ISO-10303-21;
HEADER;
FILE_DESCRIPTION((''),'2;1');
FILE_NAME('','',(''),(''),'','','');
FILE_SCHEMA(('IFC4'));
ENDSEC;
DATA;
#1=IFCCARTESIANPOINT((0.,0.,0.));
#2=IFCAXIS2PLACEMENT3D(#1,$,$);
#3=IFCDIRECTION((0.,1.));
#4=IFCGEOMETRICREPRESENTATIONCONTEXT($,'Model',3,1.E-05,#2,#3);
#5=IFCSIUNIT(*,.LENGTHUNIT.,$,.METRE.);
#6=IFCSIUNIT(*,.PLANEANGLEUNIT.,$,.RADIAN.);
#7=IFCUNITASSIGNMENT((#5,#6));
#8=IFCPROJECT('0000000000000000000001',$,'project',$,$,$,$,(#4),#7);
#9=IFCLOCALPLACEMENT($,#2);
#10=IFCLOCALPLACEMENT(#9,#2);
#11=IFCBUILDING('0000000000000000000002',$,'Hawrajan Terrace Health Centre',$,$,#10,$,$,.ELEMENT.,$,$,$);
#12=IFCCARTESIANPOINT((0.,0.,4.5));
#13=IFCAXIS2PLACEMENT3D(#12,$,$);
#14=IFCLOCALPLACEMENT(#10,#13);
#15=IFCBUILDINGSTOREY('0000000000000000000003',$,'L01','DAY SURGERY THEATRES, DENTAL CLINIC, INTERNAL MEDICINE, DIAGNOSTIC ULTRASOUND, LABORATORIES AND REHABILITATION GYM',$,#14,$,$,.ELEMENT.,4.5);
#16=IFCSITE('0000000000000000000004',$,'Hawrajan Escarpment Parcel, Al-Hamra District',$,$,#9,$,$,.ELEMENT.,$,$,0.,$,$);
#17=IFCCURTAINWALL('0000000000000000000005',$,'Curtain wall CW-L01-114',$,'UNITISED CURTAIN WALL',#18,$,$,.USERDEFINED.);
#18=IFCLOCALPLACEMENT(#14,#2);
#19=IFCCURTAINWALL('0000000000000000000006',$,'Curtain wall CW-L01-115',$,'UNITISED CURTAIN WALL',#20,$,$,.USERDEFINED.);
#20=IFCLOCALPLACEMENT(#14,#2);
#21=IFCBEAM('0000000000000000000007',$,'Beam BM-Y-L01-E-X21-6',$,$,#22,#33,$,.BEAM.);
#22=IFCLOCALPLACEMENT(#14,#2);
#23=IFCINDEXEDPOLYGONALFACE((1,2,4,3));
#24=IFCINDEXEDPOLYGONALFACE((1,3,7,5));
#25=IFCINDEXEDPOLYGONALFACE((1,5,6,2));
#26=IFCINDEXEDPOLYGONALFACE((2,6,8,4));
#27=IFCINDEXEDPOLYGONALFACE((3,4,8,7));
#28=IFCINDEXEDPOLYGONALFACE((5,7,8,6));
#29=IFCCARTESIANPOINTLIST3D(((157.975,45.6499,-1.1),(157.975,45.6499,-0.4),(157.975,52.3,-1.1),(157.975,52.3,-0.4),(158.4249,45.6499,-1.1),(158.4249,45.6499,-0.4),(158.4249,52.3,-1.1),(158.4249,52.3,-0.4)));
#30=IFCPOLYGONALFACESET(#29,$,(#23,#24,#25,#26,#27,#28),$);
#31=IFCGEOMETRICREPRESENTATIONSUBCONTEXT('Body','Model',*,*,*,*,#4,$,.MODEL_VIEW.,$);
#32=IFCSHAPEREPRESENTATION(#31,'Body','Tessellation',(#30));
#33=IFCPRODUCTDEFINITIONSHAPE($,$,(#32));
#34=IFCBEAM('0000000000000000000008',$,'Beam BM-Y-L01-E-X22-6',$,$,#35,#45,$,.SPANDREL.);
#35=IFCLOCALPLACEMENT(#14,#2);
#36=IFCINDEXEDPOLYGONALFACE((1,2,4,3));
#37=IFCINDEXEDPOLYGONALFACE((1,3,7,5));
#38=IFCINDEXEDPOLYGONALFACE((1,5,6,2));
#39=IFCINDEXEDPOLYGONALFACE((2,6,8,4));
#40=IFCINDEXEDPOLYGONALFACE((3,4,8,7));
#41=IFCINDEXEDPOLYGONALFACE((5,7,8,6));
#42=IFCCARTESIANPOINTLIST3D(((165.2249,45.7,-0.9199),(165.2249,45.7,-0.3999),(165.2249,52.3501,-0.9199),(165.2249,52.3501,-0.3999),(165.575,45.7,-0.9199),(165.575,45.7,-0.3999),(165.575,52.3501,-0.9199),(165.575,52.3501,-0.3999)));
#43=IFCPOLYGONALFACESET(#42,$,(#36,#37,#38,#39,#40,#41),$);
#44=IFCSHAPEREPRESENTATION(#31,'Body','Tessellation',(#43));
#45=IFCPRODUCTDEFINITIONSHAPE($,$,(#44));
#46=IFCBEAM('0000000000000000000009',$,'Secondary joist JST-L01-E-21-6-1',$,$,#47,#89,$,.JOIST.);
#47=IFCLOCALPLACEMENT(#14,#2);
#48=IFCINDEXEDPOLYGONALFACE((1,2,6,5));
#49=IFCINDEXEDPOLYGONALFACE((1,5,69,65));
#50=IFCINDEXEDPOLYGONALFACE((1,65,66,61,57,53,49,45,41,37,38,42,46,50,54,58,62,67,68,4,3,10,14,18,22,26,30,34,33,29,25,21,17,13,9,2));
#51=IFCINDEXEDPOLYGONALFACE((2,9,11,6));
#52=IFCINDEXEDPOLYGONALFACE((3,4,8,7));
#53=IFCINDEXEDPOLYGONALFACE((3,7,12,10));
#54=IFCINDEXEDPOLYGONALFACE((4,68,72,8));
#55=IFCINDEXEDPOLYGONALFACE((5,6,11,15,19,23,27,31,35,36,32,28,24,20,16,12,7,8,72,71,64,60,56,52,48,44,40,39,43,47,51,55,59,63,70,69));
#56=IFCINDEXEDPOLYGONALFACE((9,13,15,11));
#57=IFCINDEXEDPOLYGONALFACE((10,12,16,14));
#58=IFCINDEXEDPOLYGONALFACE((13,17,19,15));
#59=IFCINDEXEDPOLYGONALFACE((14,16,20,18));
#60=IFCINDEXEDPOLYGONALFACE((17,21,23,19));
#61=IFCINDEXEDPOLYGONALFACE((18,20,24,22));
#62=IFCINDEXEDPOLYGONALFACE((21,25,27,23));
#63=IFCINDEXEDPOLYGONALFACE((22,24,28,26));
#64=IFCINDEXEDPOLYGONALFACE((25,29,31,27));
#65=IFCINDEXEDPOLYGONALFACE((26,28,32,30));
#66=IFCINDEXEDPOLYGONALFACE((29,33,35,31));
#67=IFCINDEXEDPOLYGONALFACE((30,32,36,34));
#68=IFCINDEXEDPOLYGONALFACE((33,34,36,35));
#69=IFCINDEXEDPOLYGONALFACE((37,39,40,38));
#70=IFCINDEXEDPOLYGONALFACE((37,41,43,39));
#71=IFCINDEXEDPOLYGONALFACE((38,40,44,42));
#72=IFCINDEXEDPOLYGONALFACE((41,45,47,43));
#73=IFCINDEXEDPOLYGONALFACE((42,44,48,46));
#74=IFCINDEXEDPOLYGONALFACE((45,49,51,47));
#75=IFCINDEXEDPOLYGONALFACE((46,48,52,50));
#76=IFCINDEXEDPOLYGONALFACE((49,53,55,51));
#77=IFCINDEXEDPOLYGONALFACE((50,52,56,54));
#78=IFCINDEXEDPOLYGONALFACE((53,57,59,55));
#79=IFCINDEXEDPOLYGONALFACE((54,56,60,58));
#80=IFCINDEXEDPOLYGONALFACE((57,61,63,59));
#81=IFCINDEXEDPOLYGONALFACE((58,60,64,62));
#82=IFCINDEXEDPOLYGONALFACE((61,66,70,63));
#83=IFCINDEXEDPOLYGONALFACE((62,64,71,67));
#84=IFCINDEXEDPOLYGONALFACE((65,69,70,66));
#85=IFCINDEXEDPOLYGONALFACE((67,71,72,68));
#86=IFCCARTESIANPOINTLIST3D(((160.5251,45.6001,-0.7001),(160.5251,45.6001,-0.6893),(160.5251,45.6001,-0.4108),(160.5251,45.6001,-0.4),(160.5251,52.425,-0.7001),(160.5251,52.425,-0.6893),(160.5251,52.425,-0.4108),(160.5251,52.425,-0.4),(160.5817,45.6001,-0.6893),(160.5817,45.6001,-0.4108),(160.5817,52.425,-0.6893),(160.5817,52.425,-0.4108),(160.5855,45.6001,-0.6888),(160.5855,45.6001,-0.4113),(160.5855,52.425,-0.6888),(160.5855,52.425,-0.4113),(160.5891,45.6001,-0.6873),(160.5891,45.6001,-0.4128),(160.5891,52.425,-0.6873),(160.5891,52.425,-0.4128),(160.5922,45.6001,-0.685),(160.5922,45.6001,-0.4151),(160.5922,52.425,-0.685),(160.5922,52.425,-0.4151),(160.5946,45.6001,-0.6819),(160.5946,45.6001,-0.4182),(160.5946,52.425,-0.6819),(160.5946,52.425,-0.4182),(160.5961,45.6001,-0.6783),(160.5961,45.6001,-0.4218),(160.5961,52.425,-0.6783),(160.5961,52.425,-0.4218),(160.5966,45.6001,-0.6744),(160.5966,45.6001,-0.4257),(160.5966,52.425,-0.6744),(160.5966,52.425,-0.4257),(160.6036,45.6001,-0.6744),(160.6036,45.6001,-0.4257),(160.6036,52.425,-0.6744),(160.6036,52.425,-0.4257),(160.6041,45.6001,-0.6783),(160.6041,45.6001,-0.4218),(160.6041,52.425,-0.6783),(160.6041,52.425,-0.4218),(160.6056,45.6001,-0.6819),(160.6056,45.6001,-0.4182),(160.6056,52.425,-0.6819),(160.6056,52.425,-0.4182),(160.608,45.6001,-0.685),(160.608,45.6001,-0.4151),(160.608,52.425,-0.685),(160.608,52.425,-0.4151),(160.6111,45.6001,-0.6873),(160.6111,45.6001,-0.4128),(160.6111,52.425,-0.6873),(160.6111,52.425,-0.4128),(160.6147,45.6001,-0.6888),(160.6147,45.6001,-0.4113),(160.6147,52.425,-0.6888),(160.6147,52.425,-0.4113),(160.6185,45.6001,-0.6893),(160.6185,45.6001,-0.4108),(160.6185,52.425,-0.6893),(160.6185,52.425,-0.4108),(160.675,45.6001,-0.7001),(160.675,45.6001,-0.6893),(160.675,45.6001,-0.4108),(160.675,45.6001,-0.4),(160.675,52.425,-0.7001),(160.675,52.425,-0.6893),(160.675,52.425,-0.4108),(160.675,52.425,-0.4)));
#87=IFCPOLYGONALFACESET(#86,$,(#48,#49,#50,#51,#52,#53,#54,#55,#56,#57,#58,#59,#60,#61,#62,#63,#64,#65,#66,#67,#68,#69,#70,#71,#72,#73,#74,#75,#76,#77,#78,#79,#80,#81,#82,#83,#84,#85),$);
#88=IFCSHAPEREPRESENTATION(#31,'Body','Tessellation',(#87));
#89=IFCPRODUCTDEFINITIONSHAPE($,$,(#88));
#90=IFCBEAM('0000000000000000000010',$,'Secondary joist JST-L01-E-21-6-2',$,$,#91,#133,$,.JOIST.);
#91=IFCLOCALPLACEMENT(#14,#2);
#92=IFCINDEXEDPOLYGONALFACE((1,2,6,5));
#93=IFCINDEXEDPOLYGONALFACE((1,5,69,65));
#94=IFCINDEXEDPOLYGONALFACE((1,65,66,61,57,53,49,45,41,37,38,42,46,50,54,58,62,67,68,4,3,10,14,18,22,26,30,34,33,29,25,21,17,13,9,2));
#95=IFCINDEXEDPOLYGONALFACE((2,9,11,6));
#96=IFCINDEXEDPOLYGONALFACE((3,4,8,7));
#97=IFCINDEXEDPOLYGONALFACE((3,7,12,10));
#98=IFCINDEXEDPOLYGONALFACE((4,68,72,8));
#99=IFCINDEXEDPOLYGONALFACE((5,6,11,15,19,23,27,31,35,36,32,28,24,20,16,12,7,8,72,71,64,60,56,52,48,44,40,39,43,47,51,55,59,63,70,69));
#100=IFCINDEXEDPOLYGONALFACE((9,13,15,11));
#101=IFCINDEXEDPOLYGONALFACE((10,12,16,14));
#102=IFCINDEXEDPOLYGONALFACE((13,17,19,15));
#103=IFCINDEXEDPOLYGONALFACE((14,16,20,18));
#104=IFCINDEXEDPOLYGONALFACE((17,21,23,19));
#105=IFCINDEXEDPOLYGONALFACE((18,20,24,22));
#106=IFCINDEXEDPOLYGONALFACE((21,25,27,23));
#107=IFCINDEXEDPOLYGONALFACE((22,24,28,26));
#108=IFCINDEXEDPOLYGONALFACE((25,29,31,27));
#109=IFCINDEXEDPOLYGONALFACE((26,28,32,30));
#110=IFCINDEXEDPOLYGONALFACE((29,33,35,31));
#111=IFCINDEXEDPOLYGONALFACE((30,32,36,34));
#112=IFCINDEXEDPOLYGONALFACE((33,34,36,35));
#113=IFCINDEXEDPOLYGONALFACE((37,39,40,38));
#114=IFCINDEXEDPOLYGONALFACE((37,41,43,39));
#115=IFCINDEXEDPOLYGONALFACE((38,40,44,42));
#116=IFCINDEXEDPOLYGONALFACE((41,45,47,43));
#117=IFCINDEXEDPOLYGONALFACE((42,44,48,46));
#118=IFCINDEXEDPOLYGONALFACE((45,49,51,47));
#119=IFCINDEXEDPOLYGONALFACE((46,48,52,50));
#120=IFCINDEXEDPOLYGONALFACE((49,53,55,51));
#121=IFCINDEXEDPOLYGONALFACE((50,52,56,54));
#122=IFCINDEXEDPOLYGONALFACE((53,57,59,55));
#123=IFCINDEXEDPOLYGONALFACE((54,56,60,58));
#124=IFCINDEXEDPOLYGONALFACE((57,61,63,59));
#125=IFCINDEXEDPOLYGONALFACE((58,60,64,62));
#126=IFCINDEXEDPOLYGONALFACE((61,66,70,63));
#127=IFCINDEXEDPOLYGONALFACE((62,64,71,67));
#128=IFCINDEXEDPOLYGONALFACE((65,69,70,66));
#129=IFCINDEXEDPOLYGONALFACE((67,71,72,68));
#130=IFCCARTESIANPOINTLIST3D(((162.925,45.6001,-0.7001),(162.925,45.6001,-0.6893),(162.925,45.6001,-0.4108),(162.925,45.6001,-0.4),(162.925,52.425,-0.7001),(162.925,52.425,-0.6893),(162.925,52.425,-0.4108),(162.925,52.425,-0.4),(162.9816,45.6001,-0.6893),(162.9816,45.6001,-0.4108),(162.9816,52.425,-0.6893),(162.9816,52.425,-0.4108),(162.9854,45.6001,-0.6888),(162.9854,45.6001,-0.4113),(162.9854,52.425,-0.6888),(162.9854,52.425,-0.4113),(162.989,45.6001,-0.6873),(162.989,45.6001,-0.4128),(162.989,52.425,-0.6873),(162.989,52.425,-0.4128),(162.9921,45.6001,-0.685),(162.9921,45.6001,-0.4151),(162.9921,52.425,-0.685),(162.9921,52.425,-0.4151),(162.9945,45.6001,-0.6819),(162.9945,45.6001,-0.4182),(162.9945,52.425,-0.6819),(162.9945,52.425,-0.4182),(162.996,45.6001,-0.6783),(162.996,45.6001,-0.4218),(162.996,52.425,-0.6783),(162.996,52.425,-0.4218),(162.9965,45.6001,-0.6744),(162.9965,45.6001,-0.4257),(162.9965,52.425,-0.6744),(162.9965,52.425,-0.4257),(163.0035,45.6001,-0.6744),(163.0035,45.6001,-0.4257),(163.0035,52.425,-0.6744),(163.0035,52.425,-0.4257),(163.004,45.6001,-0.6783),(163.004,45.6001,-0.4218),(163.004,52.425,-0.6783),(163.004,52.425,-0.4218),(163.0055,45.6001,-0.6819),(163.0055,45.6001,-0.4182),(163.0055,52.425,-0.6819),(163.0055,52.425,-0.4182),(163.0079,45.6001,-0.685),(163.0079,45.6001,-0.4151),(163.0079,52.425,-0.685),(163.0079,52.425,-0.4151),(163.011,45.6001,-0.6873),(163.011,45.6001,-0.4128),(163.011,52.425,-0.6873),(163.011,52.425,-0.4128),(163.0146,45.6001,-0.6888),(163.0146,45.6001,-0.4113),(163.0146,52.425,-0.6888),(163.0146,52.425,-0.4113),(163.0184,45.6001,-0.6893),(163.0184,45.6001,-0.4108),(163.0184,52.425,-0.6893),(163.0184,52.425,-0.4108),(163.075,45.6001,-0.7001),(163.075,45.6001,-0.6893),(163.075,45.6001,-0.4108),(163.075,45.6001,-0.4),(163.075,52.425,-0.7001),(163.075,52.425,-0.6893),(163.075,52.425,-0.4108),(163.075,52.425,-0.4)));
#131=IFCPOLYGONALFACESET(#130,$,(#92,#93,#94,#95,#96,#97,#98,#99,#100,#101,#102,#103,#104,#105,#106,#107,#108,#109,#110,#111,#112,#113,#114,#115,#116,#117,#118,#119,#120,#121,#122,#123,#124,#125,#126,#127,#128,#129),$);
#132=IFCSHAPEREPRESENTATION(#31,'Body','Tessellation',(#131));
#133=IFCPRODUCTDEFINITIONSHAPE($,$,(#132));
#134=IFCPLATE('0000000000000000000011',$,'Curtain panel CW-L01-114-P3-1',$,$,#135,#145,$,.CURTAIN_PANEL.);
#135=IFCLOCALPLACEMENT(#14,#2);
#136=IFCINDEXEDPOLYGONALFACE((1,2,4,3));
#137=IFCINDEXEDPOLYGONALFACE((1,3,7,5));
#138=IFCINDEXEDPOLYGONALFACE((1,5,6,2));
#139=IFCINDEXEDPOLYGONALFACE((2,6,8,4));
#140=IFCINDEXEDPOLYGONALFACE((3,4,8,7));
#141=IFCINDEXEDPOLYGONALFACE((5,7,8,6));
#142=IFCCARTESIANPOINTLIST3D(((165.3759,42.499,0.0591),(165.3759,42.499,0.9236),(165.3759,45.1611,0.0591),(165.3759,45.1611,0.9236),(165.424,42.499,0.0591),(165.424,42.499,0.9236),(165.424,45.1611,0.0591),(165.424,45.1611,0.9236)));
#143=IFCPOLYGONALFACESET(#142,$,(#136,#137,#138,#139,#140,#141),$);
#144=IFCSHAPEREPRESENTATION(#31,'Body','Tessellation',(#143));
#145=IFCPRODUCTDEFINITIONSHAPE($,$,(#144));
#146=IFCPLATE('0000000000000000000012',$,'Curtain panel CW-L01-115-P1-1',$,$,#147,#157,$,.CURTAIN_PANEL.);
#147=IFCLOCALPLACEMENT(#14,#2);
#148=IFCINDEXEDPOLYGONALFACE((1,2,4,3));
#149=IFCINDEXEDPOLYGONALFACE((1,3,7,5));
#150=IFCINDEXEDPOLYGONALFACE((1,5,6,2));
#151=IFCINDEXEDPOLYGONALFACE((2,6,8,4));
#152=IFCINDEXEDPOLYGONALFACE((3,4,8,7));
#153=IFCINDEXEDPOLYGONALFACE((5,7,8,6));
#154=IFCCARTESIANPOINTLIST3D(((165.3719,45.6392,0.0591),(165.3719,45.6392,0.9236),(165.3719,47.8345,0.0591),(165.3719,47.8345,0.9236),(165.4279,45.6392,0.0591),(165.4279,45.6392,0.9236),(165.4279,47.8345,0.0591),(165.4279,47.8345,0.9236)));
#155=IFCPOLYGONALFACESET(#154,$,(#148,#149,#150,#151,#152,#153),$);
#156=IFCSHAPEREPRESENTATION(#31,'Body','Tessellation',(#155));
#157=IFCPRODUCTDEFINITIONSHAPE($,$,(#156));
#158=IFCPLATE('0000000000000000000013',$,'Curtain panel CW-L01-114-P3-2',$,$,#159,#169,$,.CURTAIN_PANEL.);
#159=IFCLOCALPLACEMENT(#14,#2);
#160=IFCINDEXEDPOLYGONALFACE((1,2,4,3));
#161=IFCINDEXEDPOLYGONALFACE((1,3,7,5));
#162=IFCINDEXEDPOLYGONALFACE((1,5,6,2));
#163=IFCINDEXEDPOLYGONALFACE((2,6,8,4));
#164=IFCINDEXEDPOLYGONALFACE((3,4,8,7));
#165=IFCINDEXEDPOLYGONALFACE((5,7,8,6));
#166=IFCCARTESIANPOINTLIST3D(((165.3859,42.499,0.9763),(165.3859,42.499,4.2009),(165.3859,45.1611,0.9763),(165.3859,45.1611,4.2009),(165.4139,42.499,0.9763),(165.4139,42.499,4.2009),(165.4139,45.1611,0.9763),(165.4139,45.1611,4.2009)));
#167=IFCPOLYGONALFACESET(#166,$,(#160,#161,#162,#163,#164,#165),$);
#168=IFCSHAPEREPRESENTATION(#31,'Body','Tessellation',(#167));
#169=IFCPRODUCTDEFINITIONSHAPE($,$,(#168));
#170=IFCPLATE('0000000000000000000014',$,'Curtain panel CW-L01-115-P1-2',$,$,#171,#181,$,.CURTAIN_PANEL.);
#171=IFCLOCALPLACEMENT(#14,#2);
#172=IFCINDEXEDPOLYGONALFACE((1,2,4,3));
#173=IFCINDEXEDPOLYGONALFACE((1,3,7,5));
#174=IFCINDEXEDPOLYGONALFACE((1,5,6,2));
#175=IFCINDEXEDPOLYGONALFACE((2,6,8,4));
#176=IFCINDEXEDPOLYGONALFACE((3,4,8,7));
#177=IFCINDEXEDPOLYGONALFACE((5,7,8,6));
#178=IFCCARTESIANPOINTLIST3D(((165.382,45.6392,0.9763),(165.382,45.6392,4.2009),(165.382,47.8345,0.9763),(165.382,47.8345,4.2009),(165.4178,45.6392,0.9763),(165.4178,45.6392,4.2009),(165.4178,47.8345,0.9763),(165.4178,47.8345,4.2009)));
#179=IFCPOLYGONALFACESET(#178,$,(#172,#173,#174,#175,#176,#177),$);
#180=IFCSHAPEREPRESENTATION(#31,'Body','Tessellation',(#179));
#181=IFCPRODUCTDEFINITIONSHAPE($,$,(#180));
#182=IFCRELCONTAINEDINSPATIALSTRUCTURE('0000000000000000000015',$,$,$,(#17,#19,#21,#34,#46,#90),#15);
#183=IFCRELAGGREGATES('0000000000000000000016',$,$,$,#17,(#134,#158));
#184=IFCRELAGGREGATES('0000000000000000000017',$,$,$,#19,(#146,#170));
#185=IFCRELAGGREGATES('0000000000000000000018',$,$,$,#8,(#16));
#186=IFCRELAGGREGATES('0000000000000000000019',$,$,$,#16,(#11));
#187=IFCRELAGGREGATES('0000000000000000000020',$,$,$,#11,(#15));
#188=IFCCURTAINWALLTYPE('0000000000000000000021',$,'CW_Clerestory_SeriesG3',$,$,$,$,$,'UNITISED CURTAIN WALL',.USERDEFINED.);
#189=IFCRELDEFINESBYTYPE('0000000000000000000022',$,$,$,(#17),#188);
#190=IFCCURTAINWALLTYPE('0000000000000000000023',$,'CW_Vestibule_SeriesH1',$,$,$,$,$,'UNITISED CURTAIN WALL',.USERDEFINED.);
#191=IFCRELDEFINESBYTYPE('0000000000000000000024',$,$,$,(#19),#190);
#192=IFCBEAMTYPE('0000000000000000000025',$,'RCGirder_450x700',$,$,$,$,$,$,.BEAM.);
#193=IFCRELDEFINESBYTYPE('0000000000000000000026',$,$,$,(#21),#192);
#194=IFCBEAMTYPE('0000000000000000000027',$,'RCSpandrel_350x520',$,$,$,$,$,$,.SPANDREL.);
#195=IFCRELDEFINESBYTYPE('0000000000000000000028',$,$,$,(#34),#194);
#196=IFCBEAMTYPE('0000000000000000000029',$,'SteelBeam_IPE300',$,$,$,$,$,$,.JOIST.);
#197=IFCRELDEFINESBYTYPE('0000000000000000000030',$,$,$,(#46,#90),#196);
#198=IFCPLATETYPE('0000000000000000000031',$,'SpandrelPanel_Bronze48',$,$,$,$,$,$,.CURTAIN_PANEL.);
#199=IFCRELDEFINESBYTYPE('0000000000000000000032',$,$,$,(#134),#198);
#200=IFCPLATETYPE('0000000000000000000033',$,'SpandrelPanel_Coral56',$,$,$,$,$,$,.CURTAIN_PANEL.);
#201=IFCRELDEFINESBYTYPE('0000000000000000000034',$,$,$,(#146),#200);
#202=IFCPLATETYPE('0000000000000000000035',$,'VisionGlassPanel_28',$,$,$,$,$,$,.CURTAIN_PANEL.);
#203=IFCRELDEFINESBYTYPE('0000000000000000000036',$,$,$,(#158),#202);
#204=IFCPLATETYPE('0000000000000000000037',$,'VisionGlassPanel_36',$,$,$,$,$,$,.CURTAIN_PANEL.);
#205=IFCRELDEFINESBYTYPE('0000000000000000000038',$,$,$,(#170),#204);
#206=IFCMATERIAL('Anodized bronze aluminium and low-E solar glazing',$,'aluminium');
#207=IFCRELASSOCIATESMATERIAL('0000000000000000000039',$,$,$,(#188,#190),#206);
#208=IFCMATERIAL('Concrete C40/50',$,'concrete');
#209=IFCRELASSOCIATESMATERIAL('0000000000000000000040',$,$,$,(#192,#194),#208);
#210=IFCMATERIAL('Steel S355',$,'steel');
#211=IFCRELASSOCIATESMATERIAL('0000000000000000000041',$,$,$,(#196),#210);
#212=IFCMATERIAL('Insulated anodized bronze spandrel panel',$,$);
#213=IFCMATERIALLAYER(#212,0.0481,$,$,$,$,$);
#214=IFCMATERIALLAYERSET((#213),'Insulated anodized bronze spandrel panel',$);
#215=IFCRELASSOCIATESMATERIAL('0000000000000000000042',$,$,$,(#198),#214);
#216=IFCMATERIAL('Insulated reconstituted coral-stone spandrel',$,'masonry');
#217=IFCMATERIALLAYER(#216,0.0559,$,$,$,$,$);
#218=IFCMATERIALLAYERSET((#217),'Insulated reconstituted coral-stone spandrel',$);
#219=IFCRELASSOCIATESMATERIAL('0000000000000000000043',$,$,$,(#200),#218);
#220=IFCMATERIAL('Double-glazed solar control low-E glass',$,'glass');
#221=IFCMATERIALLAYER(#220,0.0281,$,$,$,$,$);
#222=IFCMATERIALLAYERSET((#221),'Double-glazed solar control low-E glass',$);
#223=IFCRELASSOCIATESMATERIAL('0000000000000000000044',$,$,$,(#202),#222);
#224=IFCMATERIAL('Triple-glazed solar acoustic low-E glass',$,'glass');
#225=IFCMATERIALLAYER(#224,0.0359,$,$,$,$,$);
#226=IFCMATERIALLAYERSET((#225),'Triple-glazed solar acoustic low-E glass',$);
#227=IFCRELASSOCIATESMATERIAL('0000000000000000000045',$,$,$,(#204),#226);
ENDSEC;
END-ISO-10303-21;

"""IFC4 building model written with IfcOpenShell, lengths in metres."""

from ifc_helpers import new_model, si_unit, direction, frame, origin, origin_2d, place, context, subcontext, project, spatial, rectangle, i_section, extrude, material, layer, layer_set, material_profile, profile_set, type_object, element, aggregate, save


model = new_model("IFC4")

# Units and contexts
model_context = context("Model", 3, precision=1e-05, world=origin(), true_north=direction((0.0, 1.0)))
body_context = subcontext(model_context, "Body", "Model", "MODEL_VIEW")
ifc_project = project(units=[si_unit("LENGTHUNIT", "METRE"), si_unit("PLANEANGLEUNIT", "RADIAN")], contexts=[model_context])

# Site, building, storey
site_placement = place(None, origin())
site = spatial("IfcSite", under=ifc_project, at=site_placement, Name="Hawrajan Escarpment Parcel, Al-Hamra District", CompositionType="ELEMENT", RefElevation=0.0)
building_placement = place(site_placement, origin())
building = spatial("IfcBuilding", under=site, at=building_placement, Name="Hawrajan Terrace Health Centre", CompositionType="ELEMENT")
storey_placement = place(building_placement, frame((0.0, 0.0, 4.5)))
storey = spatial("IfcBuildingStorey", under=building, at=storey_placement, Name="L01", Description="DAY SURGERY THEATRES, DENTAL CLINIC, INTERNAL MEDICINE, DIAGNOSTIC ULTRASOUND, LABORATORIES AND REHABILITATION GYM", CompositionType="ELEMENT", Elevation=4.5)

# Curtain wall
ifc_material_1 = material(Name="Anodized bronze aluminium and low-E solar glazing", Category="aluminium")
curtain_wall_type_1 = type_object("IfcCurtainWallType", Name="CW_Clerestory_SeriesG3", ElementType="UNITISED CURTAIN WALL", PredefinedType="USERDEFINED", material=ifc_material_1)
curtain_wall_1_placement = place(storey_placement, origin())
curtain_wall_1 = element("IfcCurtainWall", 1, at=curtain_wall_1_placement, inside=storey, type_object=curtain_wall_type_1, Name="Curtain wall CW-L01-114", ObjectType="UNITISED CURTAIN WALL", PredefinedType="USERDEFINED")

# Curtain wall
curtain_wall_type_2 = type_object("IfcCurtainWallType", Name="CW_Vestibule_SeriesH1", ElementType="UNITISED CURTAIN WALL", PredefinedType="USERDEFINED", material=ifc_material_1)
curtain_wall_2_placement = place(storey_placement, origin())
curtain_wall_2 = element("IfcCurtainWall", 2, at=curtain_wall_2_placement, inside=storey, type_object=curtain_wall_type_2, Name="Curtain wall CW-L01-115", ObjectType="UNITISED CURTAIN WALL", PredefinedType="USERDEFINED")

# Beams
ifc_material_2 = material(Name="Concrete C40/50", Category="concrete")
ifc_material_profile_1 = material_profile(ifc_material_2, rectangle(XDim=0.45, YDim=0.7, at=origin_2d()), Name="RC BM 450x700")
ifc_profile_set_1 = profile_set([ifc_material_profile_1], Name="Concrete C40/50")
beam_type_1 = type_object("IfcBeamType", Name="RCGirder_450x700", PredefinedType="BEAM", material=ifc_profile_set_1)
beam_1_placement = place(storey_placement, frame((158.2, 45.6499, -0.75), z_axis=(0.0, 1.0, 0.0), x_axis=(-1.0, 0.0, 0.0)))
element("IfcBeam", 3, at=beam_1_placement, inside=storey, type_object=beam_type_1, Name="Beam BM-Y-L01-E-X21-6", PredefinedType="BEAM", context=body_context, shape_type="SweptSolid", body=[
    extrude(rectangle(XDim=0.45, YDim=0.7, at=origin_2d()), origin(), (0.0, 0.0, 1.0), 6.6501),
])
ifc_material_profile_2 = material_profile(ifc_material_2, rectangle(XDim=0.3501, YDim=0.52, at=origin_2d()), Name="RC SP 350x520")
ifc_profile_set_2 = profile_set([ifc_material_profile_2], Name="Concrete C40/50")
beam_type_2 = type_object("IfcBeamType", Name="RCSpandrel_350x520", PredefinedType="SPANDREL", material=ifc_profile_set_2)
beam_2_placement = place(storey_placement, frame((165.3999, 45.7, -0.6599), z_axis=(0.0, 1.0, 0.0), x_axis=(-1.0, 0.0, 0.0)))
element("IfcBeam", 4, at=beam_2_placement, inside=storey, type_object=beam_type_2, Name="Beam BM-Y-L01-E-X22-6", PredefinedType="SPANDREL", context=body_context, shape_type="SweptSolid", body=[
    extrude(rectangle(XDim=0.3501, YDim=0.52, at=origin_2d()), origin(), (0.0, 0.0, 1.0), 6.6501),
])
ifc_material_3 = material(Name="Steel S355", Category="steel")
ifc_material_profile_3 = material_profile(ifc_material_3, i_section(OverallWidth=0.1499, OverallDepth=0.3, WebThickness=0.0071, FlangeThickness=0.0107, FilletRadius=0.0149, at=origin_2d()), Name="IPE 300")
ifc_profile_set_3 = profile_set([ifc_material_profile_3], Name="Steel S355")
beam_type_3 = type_object("IfcBeamType", Name="SteelBeam_IPE300", PredefinedType="JOIST", material=ifc_profile_set_3)
for number, where, z_axis, x_axis, name in (
    (5, (160.6001, 45.6001, -0.55), (0.0, 1.0, 0.0), (-1.0, 0.0, 0.0), "Secondary joist JST-L01-E-21-6-1"),
    (6, (163.0, 45.6001, -0.55), (0.0, 1.0, 0.0), (-1.0, 0.0, 0.0), "Secondary joist JST-L01-E-21-6-2"),
):
    element("IfcBeam", number, at=place(storey_placement, frame(where, z_axis=z_axis, x_axis=x_axis)), inside=storey, type_object=beam_type_3, Name=name, PredefinedType="JOIST", context=body_context, shape_type="SweptSolid", body=[
        extrude(i_section(OverallWidth=0.1499, OverallDepth=0.3, WebThickness=0.0071, FlangeThickness=0.0107, FilletRadius=0.0149, at=origin_2d()), origin(), (0.0, 0.0, 1.0), 6.825),
    ])

# Plates
ifc_material_4 = material(Name="Insulated anodized bronze spandrel panel")
ifc_layer_1 = layer(ifc_material_4, 0.0481)
ifc_layer_set_1 = layer_set([ifc_layer_1], Name="Insulated anodized bronze spandrel panel")
plate_type_1 = type_object("IfcPlateType", Name="SpandrelPanel_Bronze48", PredefinedType="CURTAIN_PANEL", material=ifc_layer_set_1)
plate_1_placement = place(storey_placement, frame((165.3999, 43.8301, 0.0591), z_axis=(0.0, 0.0, 1.0), x_axis=(0.0, 1.0, 0.0)))
plate_1 = element("IfcPlate", 7, at=plate_1_placement, type_object=plate_type_1, Name="Curtain panel CW-L01-114-P3-1", PredefinedType="CURTAIN_PANEL", context=body_context, shape_type="SweptSolid", body=[
    extrude(rectangle(XDim=2.6621, YDim=0.0481, at=origin_2d()), origin(), (0.0, 0.0, 1.0), 0.8645),
])
ifc_material_5 = material(Name="Insulated reconstituted coral-stone spandrel", Category="masonry")
ifc_layer_2 = layer(ifc_material_5, 0.0559)
ifc_layer_set_2 = layer_set([ifc_layer_2], Name="Insulated reconstituted coral-stone spandrel")
plate_type_2 = type_object("IfcPlateType", Name="SpandrelPanel_Coral56", PredefinedType="CURTAIN_PANEL", material=ifc_layer_set_2)
plate_2_placement = place(storey_placement, frame((165.3999, 46.7368, 0.0591), z_axis=(0.0, 0.0, 1.0), x_axis=(0.0, 1.0, 0.0)))
plate_2 = element("IfcPlate", 8, at=plate_2_placement, type_object=plate_type_2, Name="Curtain panel CW-L01-115-P1-1", PredefinedType="CURTAIN_PANEL", context=body_context, shape_type="SweptSolid", body=[
    extrude(rectangle(XDim=2.1953, YDim=0.0559, at=origin_2d()), origin(), (0.0, 0.0, 1.0), 0.8645),
])
ifc_material_6 = material(Name="Double-glazed solar control low-E glass", Category="glass")
ifc_layer_3 = layer(ifc_material_6, 0.0281)
ifc_layer_set_3 = layer_set([ifc_layer_3], Name="Double-glazed solar control low-E glass")
plate_type_3 = type_object("IfcPlateType", Name="VisionGlassPanel_28", PredefinedType="CURTAIN_PANEL", material=ifc_layer_set_3)
plate_3_placement = place(storey_placement, frame((165.3999, 43.8301, 0.9763), z_axis=(0.0, 0.0, 1.0), x_axis=(0.0, 1.0, 0.0)))
plate_3 = element("IfcPlate", 9, at=plate_3_placement, type_object=plate_type_3, Name="Curtain panel CW-L01-114-P3-2", PredefinedType="CURTAIN_PANEL", context=body_context, shape_type="SweptSolid", body=[
    extrude(rectangle(XDim=2.6621, YDim=0.0281, at=origin_2d()), origin(), (0.0, 0.0, 1.0), 3.2246),
])
aggregate(curtain_wall_1, [plate_1, plate_3])
ifc_material_7 = material(Name="Triple-glazed solar acoustic low-E glass", Category="glass")
ifc_layer_4 = layer(ifc_material_7, 0.0359)
ifc_layer_set_4 = layer_set([ifc_layer_4], Name="Triple-glazed solar acoustic low-E glass")
plate_type_4 = type_object("IfcPlateType", Name="VisionGlassPanel_36", PredefinedType="CURTAIN_PANEL", material=ifc_layer_set_4)
plate_4_placement = place(storey_placement, frame((165.3999, 46.7368, 0.9763), z_axis=(0.0, 0.0, 1.0), x_axis=(0.0, 1.0, 0.0)))
plate_4 = element("IfcPlate", 10, at=plate_4_placement, type_object=plate_type_4, Name="Curtain panel CW-L01-115-P1-2", PredefinedType="CURTAIN_PANEL", context=body_context, shape_type="SweptSolid", body=[
    extrude(rectangle(XDim=2.1953, YDim=0.0359, at=origin_2d()), origin(), (0.0, 0.0, 1.0), 3.2246),
])
aggregate(curtain_wall_2, [plate_2, plate_4])

save(model, "model.ifc")
